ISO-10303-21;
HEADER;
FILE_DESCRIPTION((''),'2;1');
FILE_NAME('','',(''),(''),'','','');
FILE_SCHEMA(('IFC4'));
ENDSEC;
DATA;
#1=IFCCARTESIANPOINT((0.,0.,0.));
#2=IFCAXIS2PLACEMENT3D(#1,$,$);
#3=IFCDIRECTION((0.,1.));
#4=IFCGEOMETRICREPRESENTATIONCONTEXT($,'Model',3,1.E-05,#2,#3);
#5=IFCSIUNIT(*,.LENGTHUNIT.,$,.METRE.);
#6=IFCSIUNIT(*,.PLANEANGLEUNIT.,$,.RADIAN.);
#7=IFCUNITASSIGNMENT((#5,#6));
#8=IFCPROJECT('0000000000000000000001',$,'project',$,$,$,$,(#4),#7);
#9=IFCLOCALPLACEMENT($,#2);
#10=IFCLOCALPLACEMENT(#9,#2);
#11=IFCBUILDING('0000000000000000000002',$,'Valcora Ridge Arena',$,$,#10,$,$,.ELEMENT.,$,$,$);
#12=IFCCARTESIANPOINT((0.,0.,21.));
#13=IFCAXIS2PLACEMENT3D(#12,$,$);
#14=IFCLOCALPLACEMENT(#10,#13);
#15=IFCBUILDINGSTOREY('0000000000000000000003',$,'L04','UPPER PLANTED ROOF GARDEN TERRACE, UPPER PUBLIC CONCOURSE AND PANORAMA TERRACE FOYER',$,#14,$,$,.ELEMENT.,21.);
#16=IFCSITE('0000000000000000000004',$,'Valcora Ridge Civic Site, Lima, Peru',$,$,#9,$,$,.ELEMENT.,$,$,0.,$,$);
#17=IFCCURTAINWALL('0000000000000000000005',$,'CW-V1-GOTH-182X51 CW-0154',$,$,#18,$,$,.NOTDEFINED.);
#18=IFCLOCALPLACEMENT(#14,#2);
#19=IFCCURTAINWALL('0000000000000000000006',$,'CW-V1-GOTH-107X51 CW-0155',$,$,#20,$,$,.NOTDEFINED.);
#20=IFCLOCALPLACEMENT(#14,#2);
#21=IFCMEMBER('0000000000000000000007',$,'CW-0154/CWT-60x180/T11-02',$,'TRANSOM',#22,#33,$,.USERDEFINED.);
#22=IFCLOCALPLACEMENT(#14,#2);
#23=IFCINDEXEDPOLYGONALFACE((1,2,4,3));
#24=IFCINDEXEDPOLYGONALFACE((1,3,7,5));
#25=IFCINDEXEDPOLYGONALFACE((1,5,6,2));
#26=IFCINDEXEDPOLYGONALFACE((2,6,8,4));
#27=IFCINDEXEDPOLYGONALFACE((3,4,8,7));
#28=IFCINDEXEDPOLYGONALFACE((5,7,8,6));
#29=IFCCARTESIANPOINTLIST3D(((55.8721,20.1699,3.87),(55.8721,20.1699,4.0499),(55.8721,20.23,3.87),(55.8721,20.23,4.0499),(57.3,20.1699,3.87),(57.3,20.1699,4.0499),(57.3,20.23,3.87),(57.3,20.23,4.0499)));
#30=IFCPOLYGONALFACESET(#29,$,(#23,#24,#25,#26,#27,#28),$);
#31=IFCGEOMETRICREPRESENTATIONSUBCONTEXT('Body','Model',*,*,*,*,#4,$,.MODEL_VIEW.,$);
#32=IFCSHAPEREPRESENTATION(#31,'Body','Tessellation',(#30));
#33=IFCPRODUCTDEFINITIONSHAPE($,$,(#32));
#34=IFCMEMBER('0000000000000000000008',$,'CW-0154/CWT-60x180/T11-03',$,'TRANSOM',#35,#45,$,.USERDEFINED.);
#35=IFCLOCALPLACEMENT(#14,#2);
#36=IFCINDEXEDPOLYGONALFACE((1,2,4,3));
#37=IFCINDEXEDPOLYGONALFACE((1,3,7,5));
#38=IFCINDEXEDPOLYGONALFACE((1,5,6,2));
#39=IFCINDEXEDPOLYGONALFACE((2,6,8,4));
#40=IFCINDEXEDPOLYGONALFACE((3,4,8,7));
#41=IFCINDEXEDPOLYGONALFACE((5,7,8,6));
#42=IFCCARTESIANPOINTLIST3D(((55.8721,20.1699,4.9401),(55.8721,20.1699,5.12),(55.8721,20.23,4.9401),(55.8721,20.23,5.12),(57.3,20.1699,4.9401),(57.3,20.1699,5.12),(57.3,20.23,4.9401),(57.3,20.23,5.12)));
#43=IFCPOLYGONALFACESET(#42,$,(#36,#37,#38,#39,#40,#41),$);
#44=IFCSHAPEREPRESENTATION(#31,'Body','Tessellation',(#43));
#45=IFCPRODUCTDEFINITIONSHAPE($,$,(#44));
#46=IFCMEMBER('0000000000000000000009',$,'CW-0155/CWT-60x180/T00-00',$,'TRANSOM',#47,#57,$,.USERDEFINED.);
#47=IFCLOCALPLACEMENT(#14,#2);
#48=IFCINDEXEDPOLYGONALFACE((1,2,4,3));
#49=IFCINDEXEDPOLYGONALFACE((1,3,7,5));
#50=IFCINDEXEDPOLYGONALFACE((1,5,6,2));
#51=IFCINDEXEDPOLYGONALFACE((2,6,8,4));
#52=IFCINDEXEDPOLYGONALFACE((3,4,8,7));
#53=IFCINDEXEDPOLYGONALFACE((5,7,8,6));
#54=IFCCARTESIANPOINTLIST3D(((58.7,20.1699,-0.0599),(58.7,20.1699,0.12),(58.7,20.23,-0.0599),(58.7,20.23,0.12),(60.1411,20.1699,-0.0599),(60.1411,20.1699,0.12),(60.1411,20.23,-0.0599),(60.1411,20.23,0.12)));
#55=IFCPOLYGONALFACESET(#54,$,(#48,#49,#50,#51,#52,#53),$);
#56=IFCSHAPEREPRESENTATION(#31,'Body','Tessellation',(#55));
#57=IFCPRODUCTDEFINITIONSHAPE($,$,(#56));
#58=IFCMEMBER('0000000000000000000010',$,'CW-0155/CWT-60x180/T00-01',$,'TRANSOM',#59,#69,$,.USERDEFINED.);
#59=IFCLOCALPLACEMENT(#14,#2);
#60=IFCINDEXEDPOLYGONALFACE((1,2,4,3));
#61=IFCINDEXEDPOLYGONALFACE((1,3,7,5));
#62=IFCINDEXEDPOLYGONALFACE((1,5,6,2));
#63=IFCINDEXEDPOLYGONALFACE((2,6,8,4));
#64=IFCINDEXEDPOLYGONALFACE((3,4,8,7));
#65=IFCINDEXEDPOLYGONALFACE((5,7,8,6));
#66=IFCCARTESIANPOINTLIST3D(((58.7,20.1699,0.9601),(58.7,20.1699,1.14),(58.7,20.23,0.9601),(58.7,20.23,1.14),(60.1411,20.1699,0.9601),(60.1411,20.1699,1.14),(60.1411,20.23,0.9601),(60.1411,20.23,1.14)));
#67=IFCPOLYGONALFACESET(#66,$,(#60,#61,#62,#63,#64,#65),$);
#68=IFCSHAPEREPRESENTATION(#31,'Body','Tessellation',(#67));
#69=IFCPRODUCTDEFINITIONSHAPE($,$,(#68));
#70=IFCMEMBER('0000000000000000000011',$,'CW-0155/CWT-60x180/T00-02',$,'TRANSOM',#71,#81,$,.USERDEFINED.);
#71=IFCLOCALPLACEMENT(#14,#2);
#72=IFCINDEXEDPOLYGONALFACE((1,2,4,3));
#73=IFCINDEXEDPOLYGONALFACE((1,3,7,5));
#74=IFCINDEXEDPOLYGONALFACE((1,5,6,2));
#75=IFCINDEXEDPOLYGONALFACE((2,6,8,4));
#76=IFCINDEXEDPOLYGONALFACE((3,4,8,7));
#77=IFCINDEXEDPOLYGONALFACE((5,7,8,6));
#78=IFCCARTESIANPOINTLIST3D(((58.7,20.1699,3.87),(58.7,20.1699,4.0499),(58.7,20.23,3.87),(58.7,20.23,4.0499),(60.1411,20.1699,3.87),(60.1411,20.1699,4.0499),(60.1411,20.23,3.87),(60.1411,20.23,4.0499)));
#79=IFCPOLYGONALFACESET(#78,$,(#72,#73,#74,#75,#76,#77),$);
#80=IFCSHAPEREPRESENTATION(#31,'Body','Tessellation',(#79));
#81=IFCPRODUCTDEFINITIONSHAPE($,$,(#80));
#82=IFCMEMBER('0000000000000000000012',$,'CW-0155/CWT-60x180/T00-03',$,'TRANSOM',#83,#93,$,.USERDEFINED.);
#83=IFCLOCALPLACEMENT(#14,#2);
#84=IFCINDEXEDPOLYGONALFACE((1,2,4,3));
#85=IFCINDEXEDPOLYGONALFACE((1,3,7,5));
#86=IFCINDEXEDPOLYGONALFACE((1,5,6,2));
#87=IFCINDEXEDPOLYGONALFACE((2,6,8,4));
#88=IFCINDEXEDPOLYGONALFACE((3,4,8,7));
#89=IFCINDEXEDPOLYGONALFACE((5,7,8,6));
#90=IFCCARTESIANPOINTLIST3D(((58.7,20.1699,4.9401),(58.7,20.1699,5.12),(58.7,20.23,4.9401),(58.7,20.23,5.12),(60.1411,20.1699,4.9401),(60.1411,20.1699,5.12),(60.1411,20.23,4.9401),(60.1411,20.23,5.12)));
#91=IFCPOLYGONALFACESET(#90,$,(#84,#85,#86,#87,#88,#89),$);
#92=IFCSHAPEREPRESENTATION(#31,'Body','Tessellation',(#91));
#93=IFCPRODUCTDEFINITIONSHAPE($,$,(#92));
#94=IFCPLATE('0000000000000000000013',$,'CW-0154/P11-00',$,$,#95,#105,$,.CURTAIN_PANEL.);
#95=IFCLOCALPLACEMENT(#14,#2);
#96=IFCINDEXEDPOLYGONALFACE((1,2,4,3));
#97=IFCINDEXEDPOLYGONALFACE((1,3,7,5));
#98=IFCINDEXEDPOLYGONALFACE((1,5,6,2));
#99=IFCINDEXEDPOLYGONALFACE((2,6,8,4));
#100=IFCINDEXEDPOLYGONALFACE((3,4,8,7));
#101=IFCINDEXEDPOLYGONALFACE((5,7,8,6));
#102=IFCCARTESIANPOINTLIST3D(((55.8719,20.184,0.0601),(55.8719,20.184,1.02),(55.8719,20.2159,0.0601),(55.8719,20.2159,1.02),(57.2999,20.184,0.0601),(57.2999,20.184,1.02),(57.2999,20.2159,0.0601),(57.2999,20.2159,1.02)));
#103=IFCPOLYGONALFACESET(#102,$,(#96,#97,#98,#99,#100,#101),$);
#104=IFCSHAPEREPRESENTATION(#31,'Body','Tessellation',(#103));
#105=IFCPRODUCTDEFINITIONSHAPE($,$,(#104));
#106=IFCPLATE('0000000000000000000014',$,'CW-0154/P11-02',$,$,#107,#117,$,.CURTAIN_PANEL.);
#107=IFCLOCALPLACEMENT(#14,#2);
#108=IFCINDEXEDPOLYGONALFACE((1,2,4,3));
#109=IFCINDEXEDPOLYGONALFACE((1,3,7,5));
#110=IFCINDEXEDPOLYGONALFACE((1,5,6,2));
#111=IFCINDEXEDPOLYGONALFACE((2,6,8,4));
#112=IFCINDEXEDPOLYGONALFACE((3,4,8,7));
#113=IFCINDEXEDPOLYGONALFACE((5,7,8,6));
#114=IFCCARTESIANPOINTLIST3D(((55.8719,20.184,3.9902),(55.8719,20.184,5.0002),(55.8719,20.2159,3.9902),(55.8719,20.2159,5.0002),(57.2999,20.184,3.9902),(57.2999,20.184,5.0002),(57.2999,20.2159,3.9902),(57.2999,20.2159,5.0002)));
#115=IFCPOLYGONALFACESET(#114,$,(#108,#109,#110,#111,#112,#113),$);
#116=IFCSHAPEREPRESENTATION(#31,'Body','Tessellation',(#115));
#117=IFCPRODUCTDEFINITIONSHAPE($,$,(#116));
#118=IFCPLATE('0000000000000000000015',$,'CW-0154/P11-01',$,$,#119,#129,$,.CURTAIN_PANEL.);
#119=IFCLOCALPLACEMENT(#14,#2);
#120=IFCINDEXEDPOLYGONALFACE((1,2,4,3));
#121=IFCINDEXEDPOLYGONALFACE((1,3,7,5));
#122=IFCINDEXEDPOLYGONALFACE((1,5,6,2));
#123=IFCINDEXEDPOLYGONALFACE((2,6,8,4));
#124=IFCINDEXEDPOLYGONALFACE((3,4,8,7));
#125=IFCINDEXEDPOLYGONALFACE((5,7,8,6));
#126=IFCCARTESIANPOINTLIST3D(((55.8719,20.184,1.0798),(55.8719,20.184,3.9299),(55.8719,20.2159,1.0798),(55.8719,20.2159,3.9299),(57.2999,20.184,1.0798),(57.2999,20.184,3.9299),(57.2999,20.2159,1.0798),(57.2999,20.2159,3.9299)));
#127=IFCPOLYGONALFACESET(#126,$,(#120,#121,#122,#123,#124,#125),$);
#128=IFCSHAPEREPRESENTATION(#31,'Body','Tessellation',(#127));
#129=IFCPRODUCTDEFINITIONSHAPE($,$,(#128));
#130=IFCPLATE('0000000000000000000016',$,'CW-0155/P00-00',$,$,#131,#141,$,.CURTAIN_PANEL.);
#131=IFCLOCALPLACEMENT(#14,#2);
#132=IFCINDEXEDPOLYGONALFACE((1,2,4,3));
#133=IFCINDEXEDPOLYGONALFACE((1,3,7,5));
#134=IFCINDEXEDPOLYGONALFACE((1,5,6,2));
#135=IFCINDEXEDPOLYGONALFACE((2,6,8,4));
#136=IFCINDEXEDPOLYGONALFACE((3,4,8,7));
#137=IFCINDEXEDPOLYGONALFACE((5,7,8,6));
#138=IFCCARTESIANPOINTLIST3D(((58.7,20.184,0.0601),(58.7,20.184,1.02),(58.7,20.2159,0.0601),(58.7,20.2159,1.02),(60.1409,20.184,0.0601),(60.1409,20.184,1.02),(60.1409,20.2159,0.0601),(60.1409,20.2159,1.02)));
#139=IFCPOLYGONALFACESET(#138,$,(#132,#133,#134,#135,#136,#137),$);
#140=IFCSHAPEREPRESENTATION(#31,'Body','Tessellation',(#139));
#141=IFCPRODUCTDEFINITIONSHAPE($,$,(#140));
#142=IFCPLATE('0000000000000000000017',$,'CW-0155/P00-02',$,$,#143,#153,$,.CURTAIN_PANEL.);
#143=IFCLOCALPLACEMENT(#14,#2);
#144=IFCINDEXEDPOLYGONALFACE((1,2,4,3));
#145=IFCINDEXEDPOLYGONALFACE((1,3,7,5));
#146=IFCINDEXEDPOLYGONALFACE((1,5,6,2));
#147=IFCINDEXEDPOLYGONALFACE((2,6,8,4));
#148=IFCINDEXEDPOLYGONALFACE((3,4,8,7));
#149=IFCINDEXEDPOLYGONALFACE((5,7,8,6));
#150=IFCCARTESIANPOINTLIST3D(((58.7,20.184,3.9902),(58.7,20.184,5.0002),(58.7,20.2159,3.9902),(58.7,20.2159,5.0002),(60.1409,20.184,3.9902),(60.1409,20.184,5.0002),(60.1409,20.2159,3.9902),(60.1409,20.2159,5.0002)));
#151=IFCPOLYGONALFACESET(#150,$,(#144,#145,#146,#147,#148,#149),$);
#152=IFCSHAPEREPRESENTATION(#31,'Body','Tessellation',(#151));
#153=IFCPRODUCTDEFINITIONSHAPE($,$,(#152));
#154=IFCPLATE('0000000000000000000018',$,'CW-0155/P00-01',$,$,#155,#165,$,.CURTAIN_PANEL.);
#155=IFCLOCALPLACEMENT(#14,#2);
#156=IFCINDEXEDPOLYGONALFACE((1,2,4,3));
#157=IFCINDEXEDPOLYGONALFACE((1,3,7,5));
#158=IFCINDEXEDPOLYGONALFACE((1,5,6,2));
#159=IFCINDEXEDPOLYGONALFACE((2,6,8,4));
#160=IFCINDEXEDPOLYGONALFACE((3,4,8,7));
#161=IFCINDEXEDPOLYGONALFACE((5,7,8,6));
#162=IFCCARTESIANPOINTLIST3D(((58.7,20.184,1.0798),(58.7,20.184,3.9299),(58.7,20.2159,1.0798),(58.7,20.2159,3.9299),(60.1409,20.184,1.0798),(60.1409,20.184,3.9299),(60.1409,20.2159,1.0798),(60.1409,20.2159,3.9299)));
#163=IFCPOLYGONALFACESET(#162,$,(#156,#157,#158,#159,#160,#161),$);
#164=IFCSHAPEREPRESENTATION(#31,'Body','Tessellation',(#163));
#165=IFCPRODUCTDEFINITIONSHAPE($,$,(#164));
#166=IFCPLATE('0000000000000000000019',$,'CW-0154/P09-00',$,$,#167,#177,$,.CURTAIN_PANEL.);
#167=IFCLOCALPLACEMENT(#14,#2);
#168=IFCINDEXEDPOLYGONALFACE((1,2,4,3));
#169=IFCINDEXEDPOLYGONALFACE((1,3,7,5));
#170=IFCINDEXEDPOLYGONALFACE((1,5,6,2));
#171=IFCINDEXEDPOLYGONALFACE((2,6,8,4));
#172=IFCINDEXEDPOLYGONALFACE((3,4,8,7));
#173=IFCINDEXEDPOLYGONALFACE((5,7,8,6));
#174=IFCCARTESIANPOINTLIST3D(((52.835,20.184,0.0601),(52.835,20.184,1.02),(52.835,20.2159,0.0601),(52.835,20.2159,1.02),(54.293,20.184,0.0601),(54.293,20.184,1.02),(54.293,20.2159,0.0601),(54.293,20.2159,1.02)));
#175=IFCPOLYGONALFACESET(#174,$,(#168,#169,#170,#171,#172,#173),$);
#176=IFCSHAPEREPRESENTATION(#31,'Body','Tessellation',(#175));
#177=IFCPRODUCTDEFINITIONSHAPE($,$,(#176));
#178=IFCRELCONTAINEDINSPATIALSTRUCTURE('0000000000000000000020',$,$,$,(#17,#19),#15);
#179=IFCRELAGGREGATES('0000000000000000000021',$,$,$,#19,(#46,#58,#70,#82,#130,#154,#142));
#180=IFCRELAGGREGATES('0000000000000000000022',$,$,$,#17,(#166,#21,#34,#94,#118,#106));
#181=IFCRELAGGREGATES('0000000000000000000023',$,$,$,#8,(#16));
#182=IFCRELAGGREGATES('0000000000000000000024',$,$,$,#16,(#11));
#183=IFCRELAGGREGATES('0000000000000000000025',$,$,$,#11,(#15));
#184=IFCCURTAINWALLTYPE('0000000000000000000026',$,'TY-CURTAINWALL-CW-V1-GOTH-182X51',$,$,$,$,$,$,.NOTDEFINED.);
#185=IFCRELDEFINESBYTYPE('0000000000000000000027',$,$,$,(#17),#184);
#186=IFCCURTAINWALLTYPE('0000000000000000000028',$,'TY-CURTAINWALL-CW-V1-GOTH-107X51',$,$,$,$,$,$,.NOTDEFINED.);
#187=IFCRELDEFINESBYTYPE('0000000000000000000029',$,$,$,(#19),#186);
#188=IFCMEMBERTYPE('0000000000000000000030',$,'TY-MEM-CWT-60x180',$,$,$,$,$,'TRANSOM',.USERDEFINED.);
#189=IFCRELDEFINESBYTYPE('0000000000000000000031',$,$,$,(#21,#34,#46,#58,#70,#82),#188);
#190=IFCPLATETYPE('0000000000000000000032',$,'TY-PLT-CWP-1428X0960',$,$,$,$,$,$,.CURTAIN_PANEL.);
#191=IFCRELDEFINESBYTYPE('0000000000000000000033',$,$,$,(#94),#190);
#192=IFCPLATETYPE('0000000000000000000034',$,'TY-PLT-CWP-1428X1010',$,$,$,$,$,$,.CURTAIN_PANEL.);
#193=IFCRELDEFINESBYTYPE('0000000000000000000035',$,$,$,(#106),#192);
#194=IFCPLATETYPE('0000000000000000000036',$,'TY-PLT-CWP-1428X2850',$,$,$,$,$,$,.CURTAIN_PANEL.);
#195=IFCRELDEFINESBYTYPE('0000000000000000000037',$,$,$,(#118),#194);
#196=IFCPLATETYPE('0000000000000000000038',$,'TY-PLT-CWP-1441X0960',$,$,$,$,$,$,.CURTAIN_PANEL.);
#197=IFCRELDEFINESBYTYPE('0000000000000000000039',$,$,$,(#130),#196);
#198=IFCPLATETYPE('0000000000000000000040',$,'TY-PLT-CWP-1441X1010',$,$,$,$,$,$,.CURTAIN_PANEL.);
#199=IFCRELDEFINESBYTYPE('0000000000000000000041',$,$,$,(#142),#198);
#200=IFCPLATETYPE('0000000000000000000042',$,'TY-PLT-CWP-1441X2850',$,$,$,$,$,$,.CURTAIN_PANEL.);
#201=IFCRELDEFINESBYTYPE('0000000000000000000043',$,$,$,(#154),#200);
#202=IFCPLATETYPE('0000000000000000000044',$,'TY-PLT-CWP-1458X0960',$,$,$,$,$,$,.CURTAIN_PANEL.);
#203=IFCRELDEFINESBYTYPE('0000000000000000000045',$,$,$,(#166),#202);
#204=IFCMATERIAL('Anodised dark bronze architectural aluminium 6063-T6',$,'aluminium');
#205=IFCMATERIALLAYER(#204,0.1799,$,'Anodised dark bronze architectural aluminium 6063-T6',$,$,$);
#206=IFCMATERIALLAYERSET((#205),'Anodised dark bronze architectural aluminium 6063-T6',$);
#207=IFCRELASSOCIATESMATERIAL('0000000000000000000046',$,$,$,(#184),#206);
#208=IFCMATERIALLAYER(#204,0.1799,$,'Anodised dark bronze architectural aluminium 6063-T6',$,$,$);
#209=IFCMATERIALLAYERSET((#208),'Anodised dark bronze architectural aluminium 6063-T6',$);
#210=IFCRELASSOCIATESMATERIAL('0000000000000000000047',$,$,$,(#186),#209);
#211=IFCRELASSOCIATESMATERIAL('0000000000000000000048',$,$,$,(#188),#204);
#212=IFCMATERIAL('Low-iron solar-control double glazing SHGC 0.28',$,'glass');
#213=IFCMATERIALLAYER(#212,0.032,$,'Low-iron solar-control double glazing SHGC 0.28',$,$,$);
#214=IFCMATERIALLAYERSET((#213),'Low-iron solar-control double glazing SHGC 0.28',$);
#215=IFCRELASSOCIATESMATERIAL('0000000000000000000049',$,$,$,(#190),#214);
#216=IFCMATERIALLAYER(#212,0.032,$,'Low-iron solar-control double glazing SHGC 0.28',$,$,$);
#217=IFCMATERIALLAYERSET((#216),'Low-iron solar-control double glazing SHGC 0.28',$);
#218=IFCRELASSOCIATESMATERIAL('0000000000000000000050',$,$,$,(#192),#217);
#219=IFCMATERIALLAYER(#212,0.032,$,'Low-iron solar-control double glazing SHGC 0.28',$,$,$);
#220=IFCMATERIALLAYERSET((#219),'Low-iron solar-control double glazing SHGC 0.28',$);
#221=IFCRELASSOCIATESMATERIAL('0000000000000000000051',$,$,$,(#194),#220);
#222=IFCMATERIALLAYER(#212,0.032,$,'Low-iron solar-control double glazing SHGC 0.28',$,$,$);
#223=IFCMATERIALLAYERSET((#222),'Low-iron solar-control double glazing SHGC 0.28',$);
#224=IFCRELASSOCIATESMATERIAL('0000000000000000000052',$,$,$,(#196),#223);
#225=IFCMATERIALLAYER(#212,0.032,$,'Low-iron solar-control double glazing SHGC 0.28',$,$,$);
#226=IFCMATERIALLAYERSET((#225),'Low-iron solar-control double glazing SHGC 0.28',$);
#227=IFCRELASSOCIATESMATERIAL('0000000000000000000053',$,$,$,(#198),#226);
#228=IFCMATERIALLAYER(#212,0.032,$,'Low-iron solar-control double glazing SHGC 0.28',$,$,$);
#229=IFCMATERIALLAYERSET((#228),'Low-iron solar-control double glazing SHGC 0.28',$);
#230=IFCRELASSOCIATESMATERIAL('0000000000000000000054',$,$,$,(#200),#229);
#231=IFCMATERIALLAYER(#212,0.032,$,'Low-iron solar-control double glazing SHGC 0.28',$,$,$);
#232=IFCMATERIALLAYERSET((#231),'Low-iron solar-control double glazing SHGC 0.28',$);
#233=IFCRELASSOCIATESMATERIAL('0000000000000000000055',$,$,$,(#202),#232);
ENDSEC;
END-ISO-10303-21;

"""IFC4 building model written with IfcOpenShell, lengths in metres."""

from ifc_helpers import new_model, si_unit, direction, frame, origin, origin_2d, place, context, subcontext, project, spatial, rectangle, extrude, material, layer, layer_set, material_profile, profile_set, type_object, element, aggregate, save


model = new_model("IFC4")

# Units and contexts
model_context = context("Model", 3, precision=1e-05, world=origin(), true_north=direction((0.0, 1.0)))
body_context = subcontext(model_context, "Body", "Model", "MODEL_VIEW")
ifc_project = project(units=[si_unit("LENGTHUNIT", "METRE"), si_unit("PLANEANGLEUNIT", "RADIAN")], contexts=[model_context])

# Site, building, storey
site_placement = place(None, origin())
site = spatial("IfcSite", under=ifc_project, at=site_placement, Name="Valcora Ridge Civic Site, Lima, Peru", CompositionType="ELEMENT", RefElevation=0.0)
building_placement = place(site_placement, origin())
building = spatial("IfcBuilding", under=site, at=building_placement, Name="Valcora Ridge Arena", CompositionType="ELEMENT")
storey_placement = place(building_placement, frame((0.0, 0.0, 21.0)))
storey = spatial("IfcBuildingStorey", under=building, at=storey_placement, Name="L04", Description="UPPER PLANTED ROOF GARDEN TERRACE, UPPER PUBLIC CONCOURSE AND PANORAMA TERRACE FOYER", CompositionType="ELEMENT", Elevation=21.0)

# Curtain walls
ifc_material_1 = material(Name="Anodised dark bronze architectural aluminium 6063-T6", Category="aluminium")
ifc_layer_1 = layer(ifc_material_1, 0.1799, Name="Anodised dark bronze architectural aluminium 6063-T6")
ifc_layer_set_1 = layer_set([ifc_layer_1], Name="Anodised dark bronze architectural aluminium 6063-T6")
curtain_wall_type_1 = type_object("IfcCurtainWallType", Name="TY-CURTAINWALL-CW-V1-GOTH-182X51", PredefinedType="NOTDEFINED", material=ifc_layer_set_1)
curtain_wall_1_placement = place(storey_placement, origin())
curtain_wall_1 = element("IfcCurtainWall", 1, at=curtain_wall_1_placement, inside=storey, type_object=curtain_wall_type_1, Name="CW-V1-GOTH-182X51 CW-0154", PredefinedType="NOTDEFINED")
ifc_layer_2 = layer(ifc_material_1, 0.1799, Name="Anodised dark bronze architectural aluminium 6063-T6")
ifc_layer_set_2 = layer_set([ifc_layer_2], Name="Anodised dark bronze architectural aluminium 6063-T6")
curtain_wall_type_2 = type_object("IfcCurtainWallType", Name="TY-CURTAINWALL-CW-V1-GOTH-107X51", PredefinedType="NOTDEFINED", material=ifc_layer_set_2)
curtain_wall_2_placement = place(storey_placement, origin())
curtain_wall_2 = element("IfcCurtainWall", 2, at=curtain_wall_2_placement, inside=storey, type_object=curtain_wall_type_2, Name="CW-V1-GOTH-107X51 CW-0155", PredefinedType="NOTDEFINED")

# Members
ifc_material_profile_1 = material_profile(ifc_material_1, rectangle(XDim=0.0601, YDim=0.1799, at=origin_2d()), Name="ALU TRANSOM 60x180")
ifc_profile_set_1 = profile_set([ifc_material_profile_1], Name="Anodised dark bronze architectural aluminium 6063-T6")
member_type_1 = type_object("IfcMemberType", Name="TY-MEM-CWT-60x180", ElementType="TRANSOM", PredefinedType="USERDEFINED", material=ifc_profile_set_1)
member_1_placement = place(storey_placement, frame((55.8721, 20.2, 3.96), z_axis=(1.0, 0.0, 0.0), x_axis=(0.0, 1.0, 0.0)))
member_1 = element("IfcMember", 3, at=member_1_placement, type_object=member_type_1, Name="CW-0154/CWT-60x180/T11-02", ObjectType="TRANSOM", PredefinedType="USERDEFINED", context=body_context, shape_type="SweptSolid", body=[
    extrude(rectangle(XDim=0.0601, YDim=0.1799, at=origin_2d()), origin(), (0.0, 0.0, 1.0), 1.428),
])
member_2_placement = place(storey_placement, frame((55.8721, 20.2, 5.03), z_axis=(1.0, 0.0, 0.0), x_axis=(0.0, 1.0, 0.0)))
member_2 = element("IfcMember", 4, at=member_2_placement, type_object=member_type_1, Name="CW-0154/CWT-60x180/T11-03", ObjectType="TRANSOM", PredefinedType="USERDEFINED", context=body_context, shape_type="SweptSolid", body=[
    extrude(rectangle(XDim=0.0601, YDim=0.1799, at=origin_2d()), origin(), (0.0, 0.0, 1.0), 1.428),
])
member_3_placement = place(storey_placement, frame((58.7, 20.2, 0.03), z_axis=(1.0, 0.0, 0.0), x_axis=(0.0, 1.0, 0.0)))
member_3 = element("IfcMember", 5, at=member_3_placement, type_object=member_type_1, Name="CW-0155/CWT-60x180/T00-00", ObjectType="TRANSOM", PredefinedType="USERDEFINED", context=body_context, shape_type="SweptSolid", body=[
    extrude(rectangle(XDim=0.0601, YDim=0.1799, at=origin_2d()), origin(), (0.0, 0.0, 1.0), 1.4412),
])
member_4_placement = place(storey_placement, frame((58.7, 20.2, 1.05), z_axis=(1.0, 0.0, 0.0), x_axis=(0.0, 1.0, 0.0)))
member_4 = element("IfcMember", 6, at=member_4_placement, type_object=member_type_1, Name="CW-0155/CWT-60x180/T00-01", ObjectType="TRANSOM", PredefinedType="USERDEFINED", context=body_context, shape_type="SweptSolid", body=[
    extrude(rectangle(XDim=0.0601, YDim=0.1799, at=origin_2d()), origin(), (0.0, 0.0, 1.0), 1.4412),
])
member_5_placement = place(storey_placement, frame((58.7, 20.2, 3.96), z_axis=(1.0, 0.0, 0.0), x_axis=(0.0, 1.0, 0.0)))
member_5 = element("IfcMember", 7, at=member_5_placement, type_object=member_type_1, Name="CW-0155/CWT-60x180/T00-02", ObjectType="TRANSOM", PredefinedType="USERDEFINED", context=body_context, shape_type="SweptSolid", body=[
    extrude(rectangle(XDim=0.0601, YDim=0.1799, at=origin_2d()), origin(), (0.0, 0.0, 1.0), 1.4412),
])
member_6_placement = place(storey_placement, frame((58.7, 20.2, 5.03), z_axis=(1.0, 0.0, 0.0), x_axis=(0.0, 1.0, 0.0)))
member_6 = element("IfcMember", 8, at=member_6_placement, type_object=member_type_1, Name="CW-0155/CWT-60x180/T00-03", ObjectType="TRANSOM", PredefinedType="USERDEFINED", context=body_context, shape_type="SweptSolid", body=[
    extrude(rectangle(XDim=0.0601, YDim=0.1799, at=origin_2d()), origin(), (0.0, 0.0, 1.0), 1.4412),
])

# Plates
ifc_material_2 = material(Name="Low-iron solar-control double glazing SHGC 0.28", Category="glass")
ifc_layer_3 = layer(ifc_material_2, 0.032, Name="Low-iron solar-control double glazing SHGC 0.28")
ifc_layer_set_3 = layer_set([ifc_layer_3], Name="Low-iron solar-control double glazing SHGC 0.28")
plate_type_1 = type_object("IfcPlateType", Name="TY-PLT-CWP-1428X0960", PredefinedType="CURTAIN_PANEL", material=ifc_layer_set_3)
plate_1_placement = place(storey_placement, frame((56.5859, 20.2, 0.0601), z_axis=(0.0, 0.0, 1.0), x_axis=(1.0, 0.0, 0.0)))
plate_1 = element("IfcPlate", 9, at=plate_1_placement, type_object=plate_type_1, Name="CW-0154/P11-00", PredefinedType="CURTAIN_PANEL", context=body_context, shape_type="SweptSolid", body=[
    extrude(rectangle(XDim=1.428, YDim=0.032, at=origin_2d()), origin(), (0.0, 0.0, 1.0), 0.96),
])
ifc_layer_4 = layer(ifc_material_2, 0.032, Name="Low-iron solar-control double glazing SHGC 0.28")
ifc_layer_set_4 = layer_set([ifc_layer_4], Name="Low-iron solar-control double glazing SHGC 0.28")
plate_type_2 = type_object("IfcPlateType", Name="TY-PLT-CWP-1428X1010", PredefinedType="CURTAIN_PANEL", material=ifc_layer_set_4)
plate_2_placement = place(storey_placement, frame((56.5859, 20.2, 3.9902), z_axis=(0.0, 0.0, 1.0), x_axis=(1.0, 0.0, 0.0)))
plate_2 = element("IfcPlate", 10, at=plate_2_placement, type_object=plate_type_2, Name="CW-0154/P11-02", PredefinedType="CURTAIN_PANEL", context=body_context, shape_type="SweptSolid", body=[
    extrude(rectangle(XDim=1.428, YDim=0.032, at=origin_2d()), origin(), (0.0, 0.0, 1.0), 1.01),
])
ifc_layer_5 = layer(ifc_material_2, 0.032, Name="Low-iron solar-control double glazing SHGC 0.28")
ifc_layer_set_5 = layer_set([ifc_layer_5], Name="Low-iron solar-control double glazing SHGC 0.28")
plate_type_3 = type_object("IfcPlateType", Name="TY-PLT-CWP-1428X2850", PredefinedType="CURTAIN_PANEL", material=ifc_layer_set_5)
plate_3_placement = place(storey_placement, frame((56.5859, 20.2, 1.0798), z_axis=(0.0, 0.0, 1.0), x_axis=(1.0, 0.0, 0.0)))
plate_3 = element("IfcPlate", 11, at=plate_3_placement, type_object=plate_type_3, Name="CW-0154/P11-01", PredefinedType="CURTAIN_PANEL", context=body_context, shape_type="SweptSolid", body=[
    extrude(rectangle(XDim=1.428, YDim=0.032, at=origin_2d()), origin(), (0.0, 0.0, 1.0), 2.8501),
])
ifc_layer_6 = layer(ifc_material_2, 0.032, Name="Low-iron solar-control double glazing SHGC 0.28")
ifc_layer_set_6 = layer_set([ifc_layer_6], Name="Low-iron solar-control double glazing SHGC 0.28")
plate_type_4 = type_object("IfcPlateType", Name="TY-PLT-CWP-1441X0960", PredefinedType="CURTAIN_PANEL", material=ifc_layer_set_6)
plate_4_placement = place(storey_placement, frame((59.4204, 20.2, 0.0601), z_axis=(0.0, 0.0, 1.0), x_axis=(1.0, 0.0, 0.0)))
plate_4 = element("IfcPlate", 12, at=plate_4_placement, type_object=plate_type_4, Name="CW-0155/P00-00", PredefinedType="CURTAIN_PANEL", context=body_context, shape_type="SweptSolid", body=[
    extrude(rectangle(XDim=1.4409, YDim=0.032, at=origin_2d()), origin(), (0.0, 0.0, 1.0), 0.96),
])
ifc_layer_7 = layer(ifc_material_2, 0.032, Name="Low-iron solar-control double glazing SHGC 0.28")
ifc_layer_set_7 = layer_set([ifc_layer_7], Name="Low-iron solar-control double glazing SHGC 0.28")
plate_type_5 = type_object("IfcPlateType", Name="TY-PLT-CWP-1441X1010", PredefinedType="CURTAIN_PANEL", material=ifc_layer_set_7)
plate_5_placement = place(storey_placement, frame((59.4204, 20.2, 3.9902), z_axis=(0.0, 0.0, 1.0), x_axis=(1.0, 0.0, 0.0)))
plate_5 = element("IfcPlate", 13, at=plate_5_placement, type_object=plate_type_5, Name="CW-0155/P00-02", PredefinedType="CURTAIN_PANEL", context=body_context, shape_type="SweptSolid", body=[
    extrude(rectangle(XDim=1.4409, YDim=0.032, at=origin_2d()), origin(), (0.0, 0.0, 1.0), 1.01),
])
ifc_layer_8 = layer(ifc_material_2, 0.032, Name="Low-iron solar-control double glazing SHGC 0.28")
ifc_layer_set_8 = layer_set([ifc_layer_8], Name="Low-iron solar-control double glazing SHGC 0.28")
plate_type_6 = type_object("IfcPlateType", Name="TY-PLT-CWP-1441X2850", PredefinedType="CURTAIN_PANEL", material=ifc_layer_set_8)
plate_6_placement = place(storey_placement, frame((59.4204, 20.2, 1.0798), z_axis=(0.0, 0.0, 1.0), x_axis=(1.0, 0.0, 0.0)))
plate_6 = element("IfcPlate", 14, at=plate_6_placement, type_object=plate_type_6, Name="CW-0155/P00-01", PredefinedType="CURTAIN_PANEL", context=body_context, shape_type="SweptSolid", body=[
    extrude(rectangle(XDim=1.4409, YDim=0.032, at=origin_2d()), origin(), (0.0, 0.0, 1.0), 2.8501),
])
aggregate(curtain_wall_2, [member_3, member_4, member_5, member_6, plate_4, plate_6, plate_5])
ifc_layer_9 = layer(ifc_material_2, 0.032, Name="Low-iron solar-control double glazing SHGC 0.28")
ifc_layer_set_9 = layer_set([ifc_layer_9], Name="Low-iron solar-control double glazing SHGC 0.28")
plate_type_7 = type_object("IfcPlateType", Name="TY-PLT-CWP-1458X0960", PredefinedType="CURTAIN_PANEL", material=ifc_layer_set_9)
plate_7_placement = place(storey_placement, frame((53.564, 20.2, 0.0601), z_axis=(0.0, 0.0, 1.0), x_axis=(1.0, 0.0, 0.0)))
plate_7 = element("IfcPlate", 15, at=plate_7_placement, type_object=plate_type_7, Name="CW-0154/P09-00", PredefinedType="CURTAIN_PANEL", context=body_context, shape_type="SweptSolid", body=[
    extrude(rectangle(XDim=1.458, YDim=0.032, at=origin_2d()), origin(), (0.0, 0.0, 1.0), 0.96),
])
aggregate(curtain_wall_1, [plate_7, member_1, member_2, plate_1, plate_3, plate_2])

save(model, "model.ifc")
